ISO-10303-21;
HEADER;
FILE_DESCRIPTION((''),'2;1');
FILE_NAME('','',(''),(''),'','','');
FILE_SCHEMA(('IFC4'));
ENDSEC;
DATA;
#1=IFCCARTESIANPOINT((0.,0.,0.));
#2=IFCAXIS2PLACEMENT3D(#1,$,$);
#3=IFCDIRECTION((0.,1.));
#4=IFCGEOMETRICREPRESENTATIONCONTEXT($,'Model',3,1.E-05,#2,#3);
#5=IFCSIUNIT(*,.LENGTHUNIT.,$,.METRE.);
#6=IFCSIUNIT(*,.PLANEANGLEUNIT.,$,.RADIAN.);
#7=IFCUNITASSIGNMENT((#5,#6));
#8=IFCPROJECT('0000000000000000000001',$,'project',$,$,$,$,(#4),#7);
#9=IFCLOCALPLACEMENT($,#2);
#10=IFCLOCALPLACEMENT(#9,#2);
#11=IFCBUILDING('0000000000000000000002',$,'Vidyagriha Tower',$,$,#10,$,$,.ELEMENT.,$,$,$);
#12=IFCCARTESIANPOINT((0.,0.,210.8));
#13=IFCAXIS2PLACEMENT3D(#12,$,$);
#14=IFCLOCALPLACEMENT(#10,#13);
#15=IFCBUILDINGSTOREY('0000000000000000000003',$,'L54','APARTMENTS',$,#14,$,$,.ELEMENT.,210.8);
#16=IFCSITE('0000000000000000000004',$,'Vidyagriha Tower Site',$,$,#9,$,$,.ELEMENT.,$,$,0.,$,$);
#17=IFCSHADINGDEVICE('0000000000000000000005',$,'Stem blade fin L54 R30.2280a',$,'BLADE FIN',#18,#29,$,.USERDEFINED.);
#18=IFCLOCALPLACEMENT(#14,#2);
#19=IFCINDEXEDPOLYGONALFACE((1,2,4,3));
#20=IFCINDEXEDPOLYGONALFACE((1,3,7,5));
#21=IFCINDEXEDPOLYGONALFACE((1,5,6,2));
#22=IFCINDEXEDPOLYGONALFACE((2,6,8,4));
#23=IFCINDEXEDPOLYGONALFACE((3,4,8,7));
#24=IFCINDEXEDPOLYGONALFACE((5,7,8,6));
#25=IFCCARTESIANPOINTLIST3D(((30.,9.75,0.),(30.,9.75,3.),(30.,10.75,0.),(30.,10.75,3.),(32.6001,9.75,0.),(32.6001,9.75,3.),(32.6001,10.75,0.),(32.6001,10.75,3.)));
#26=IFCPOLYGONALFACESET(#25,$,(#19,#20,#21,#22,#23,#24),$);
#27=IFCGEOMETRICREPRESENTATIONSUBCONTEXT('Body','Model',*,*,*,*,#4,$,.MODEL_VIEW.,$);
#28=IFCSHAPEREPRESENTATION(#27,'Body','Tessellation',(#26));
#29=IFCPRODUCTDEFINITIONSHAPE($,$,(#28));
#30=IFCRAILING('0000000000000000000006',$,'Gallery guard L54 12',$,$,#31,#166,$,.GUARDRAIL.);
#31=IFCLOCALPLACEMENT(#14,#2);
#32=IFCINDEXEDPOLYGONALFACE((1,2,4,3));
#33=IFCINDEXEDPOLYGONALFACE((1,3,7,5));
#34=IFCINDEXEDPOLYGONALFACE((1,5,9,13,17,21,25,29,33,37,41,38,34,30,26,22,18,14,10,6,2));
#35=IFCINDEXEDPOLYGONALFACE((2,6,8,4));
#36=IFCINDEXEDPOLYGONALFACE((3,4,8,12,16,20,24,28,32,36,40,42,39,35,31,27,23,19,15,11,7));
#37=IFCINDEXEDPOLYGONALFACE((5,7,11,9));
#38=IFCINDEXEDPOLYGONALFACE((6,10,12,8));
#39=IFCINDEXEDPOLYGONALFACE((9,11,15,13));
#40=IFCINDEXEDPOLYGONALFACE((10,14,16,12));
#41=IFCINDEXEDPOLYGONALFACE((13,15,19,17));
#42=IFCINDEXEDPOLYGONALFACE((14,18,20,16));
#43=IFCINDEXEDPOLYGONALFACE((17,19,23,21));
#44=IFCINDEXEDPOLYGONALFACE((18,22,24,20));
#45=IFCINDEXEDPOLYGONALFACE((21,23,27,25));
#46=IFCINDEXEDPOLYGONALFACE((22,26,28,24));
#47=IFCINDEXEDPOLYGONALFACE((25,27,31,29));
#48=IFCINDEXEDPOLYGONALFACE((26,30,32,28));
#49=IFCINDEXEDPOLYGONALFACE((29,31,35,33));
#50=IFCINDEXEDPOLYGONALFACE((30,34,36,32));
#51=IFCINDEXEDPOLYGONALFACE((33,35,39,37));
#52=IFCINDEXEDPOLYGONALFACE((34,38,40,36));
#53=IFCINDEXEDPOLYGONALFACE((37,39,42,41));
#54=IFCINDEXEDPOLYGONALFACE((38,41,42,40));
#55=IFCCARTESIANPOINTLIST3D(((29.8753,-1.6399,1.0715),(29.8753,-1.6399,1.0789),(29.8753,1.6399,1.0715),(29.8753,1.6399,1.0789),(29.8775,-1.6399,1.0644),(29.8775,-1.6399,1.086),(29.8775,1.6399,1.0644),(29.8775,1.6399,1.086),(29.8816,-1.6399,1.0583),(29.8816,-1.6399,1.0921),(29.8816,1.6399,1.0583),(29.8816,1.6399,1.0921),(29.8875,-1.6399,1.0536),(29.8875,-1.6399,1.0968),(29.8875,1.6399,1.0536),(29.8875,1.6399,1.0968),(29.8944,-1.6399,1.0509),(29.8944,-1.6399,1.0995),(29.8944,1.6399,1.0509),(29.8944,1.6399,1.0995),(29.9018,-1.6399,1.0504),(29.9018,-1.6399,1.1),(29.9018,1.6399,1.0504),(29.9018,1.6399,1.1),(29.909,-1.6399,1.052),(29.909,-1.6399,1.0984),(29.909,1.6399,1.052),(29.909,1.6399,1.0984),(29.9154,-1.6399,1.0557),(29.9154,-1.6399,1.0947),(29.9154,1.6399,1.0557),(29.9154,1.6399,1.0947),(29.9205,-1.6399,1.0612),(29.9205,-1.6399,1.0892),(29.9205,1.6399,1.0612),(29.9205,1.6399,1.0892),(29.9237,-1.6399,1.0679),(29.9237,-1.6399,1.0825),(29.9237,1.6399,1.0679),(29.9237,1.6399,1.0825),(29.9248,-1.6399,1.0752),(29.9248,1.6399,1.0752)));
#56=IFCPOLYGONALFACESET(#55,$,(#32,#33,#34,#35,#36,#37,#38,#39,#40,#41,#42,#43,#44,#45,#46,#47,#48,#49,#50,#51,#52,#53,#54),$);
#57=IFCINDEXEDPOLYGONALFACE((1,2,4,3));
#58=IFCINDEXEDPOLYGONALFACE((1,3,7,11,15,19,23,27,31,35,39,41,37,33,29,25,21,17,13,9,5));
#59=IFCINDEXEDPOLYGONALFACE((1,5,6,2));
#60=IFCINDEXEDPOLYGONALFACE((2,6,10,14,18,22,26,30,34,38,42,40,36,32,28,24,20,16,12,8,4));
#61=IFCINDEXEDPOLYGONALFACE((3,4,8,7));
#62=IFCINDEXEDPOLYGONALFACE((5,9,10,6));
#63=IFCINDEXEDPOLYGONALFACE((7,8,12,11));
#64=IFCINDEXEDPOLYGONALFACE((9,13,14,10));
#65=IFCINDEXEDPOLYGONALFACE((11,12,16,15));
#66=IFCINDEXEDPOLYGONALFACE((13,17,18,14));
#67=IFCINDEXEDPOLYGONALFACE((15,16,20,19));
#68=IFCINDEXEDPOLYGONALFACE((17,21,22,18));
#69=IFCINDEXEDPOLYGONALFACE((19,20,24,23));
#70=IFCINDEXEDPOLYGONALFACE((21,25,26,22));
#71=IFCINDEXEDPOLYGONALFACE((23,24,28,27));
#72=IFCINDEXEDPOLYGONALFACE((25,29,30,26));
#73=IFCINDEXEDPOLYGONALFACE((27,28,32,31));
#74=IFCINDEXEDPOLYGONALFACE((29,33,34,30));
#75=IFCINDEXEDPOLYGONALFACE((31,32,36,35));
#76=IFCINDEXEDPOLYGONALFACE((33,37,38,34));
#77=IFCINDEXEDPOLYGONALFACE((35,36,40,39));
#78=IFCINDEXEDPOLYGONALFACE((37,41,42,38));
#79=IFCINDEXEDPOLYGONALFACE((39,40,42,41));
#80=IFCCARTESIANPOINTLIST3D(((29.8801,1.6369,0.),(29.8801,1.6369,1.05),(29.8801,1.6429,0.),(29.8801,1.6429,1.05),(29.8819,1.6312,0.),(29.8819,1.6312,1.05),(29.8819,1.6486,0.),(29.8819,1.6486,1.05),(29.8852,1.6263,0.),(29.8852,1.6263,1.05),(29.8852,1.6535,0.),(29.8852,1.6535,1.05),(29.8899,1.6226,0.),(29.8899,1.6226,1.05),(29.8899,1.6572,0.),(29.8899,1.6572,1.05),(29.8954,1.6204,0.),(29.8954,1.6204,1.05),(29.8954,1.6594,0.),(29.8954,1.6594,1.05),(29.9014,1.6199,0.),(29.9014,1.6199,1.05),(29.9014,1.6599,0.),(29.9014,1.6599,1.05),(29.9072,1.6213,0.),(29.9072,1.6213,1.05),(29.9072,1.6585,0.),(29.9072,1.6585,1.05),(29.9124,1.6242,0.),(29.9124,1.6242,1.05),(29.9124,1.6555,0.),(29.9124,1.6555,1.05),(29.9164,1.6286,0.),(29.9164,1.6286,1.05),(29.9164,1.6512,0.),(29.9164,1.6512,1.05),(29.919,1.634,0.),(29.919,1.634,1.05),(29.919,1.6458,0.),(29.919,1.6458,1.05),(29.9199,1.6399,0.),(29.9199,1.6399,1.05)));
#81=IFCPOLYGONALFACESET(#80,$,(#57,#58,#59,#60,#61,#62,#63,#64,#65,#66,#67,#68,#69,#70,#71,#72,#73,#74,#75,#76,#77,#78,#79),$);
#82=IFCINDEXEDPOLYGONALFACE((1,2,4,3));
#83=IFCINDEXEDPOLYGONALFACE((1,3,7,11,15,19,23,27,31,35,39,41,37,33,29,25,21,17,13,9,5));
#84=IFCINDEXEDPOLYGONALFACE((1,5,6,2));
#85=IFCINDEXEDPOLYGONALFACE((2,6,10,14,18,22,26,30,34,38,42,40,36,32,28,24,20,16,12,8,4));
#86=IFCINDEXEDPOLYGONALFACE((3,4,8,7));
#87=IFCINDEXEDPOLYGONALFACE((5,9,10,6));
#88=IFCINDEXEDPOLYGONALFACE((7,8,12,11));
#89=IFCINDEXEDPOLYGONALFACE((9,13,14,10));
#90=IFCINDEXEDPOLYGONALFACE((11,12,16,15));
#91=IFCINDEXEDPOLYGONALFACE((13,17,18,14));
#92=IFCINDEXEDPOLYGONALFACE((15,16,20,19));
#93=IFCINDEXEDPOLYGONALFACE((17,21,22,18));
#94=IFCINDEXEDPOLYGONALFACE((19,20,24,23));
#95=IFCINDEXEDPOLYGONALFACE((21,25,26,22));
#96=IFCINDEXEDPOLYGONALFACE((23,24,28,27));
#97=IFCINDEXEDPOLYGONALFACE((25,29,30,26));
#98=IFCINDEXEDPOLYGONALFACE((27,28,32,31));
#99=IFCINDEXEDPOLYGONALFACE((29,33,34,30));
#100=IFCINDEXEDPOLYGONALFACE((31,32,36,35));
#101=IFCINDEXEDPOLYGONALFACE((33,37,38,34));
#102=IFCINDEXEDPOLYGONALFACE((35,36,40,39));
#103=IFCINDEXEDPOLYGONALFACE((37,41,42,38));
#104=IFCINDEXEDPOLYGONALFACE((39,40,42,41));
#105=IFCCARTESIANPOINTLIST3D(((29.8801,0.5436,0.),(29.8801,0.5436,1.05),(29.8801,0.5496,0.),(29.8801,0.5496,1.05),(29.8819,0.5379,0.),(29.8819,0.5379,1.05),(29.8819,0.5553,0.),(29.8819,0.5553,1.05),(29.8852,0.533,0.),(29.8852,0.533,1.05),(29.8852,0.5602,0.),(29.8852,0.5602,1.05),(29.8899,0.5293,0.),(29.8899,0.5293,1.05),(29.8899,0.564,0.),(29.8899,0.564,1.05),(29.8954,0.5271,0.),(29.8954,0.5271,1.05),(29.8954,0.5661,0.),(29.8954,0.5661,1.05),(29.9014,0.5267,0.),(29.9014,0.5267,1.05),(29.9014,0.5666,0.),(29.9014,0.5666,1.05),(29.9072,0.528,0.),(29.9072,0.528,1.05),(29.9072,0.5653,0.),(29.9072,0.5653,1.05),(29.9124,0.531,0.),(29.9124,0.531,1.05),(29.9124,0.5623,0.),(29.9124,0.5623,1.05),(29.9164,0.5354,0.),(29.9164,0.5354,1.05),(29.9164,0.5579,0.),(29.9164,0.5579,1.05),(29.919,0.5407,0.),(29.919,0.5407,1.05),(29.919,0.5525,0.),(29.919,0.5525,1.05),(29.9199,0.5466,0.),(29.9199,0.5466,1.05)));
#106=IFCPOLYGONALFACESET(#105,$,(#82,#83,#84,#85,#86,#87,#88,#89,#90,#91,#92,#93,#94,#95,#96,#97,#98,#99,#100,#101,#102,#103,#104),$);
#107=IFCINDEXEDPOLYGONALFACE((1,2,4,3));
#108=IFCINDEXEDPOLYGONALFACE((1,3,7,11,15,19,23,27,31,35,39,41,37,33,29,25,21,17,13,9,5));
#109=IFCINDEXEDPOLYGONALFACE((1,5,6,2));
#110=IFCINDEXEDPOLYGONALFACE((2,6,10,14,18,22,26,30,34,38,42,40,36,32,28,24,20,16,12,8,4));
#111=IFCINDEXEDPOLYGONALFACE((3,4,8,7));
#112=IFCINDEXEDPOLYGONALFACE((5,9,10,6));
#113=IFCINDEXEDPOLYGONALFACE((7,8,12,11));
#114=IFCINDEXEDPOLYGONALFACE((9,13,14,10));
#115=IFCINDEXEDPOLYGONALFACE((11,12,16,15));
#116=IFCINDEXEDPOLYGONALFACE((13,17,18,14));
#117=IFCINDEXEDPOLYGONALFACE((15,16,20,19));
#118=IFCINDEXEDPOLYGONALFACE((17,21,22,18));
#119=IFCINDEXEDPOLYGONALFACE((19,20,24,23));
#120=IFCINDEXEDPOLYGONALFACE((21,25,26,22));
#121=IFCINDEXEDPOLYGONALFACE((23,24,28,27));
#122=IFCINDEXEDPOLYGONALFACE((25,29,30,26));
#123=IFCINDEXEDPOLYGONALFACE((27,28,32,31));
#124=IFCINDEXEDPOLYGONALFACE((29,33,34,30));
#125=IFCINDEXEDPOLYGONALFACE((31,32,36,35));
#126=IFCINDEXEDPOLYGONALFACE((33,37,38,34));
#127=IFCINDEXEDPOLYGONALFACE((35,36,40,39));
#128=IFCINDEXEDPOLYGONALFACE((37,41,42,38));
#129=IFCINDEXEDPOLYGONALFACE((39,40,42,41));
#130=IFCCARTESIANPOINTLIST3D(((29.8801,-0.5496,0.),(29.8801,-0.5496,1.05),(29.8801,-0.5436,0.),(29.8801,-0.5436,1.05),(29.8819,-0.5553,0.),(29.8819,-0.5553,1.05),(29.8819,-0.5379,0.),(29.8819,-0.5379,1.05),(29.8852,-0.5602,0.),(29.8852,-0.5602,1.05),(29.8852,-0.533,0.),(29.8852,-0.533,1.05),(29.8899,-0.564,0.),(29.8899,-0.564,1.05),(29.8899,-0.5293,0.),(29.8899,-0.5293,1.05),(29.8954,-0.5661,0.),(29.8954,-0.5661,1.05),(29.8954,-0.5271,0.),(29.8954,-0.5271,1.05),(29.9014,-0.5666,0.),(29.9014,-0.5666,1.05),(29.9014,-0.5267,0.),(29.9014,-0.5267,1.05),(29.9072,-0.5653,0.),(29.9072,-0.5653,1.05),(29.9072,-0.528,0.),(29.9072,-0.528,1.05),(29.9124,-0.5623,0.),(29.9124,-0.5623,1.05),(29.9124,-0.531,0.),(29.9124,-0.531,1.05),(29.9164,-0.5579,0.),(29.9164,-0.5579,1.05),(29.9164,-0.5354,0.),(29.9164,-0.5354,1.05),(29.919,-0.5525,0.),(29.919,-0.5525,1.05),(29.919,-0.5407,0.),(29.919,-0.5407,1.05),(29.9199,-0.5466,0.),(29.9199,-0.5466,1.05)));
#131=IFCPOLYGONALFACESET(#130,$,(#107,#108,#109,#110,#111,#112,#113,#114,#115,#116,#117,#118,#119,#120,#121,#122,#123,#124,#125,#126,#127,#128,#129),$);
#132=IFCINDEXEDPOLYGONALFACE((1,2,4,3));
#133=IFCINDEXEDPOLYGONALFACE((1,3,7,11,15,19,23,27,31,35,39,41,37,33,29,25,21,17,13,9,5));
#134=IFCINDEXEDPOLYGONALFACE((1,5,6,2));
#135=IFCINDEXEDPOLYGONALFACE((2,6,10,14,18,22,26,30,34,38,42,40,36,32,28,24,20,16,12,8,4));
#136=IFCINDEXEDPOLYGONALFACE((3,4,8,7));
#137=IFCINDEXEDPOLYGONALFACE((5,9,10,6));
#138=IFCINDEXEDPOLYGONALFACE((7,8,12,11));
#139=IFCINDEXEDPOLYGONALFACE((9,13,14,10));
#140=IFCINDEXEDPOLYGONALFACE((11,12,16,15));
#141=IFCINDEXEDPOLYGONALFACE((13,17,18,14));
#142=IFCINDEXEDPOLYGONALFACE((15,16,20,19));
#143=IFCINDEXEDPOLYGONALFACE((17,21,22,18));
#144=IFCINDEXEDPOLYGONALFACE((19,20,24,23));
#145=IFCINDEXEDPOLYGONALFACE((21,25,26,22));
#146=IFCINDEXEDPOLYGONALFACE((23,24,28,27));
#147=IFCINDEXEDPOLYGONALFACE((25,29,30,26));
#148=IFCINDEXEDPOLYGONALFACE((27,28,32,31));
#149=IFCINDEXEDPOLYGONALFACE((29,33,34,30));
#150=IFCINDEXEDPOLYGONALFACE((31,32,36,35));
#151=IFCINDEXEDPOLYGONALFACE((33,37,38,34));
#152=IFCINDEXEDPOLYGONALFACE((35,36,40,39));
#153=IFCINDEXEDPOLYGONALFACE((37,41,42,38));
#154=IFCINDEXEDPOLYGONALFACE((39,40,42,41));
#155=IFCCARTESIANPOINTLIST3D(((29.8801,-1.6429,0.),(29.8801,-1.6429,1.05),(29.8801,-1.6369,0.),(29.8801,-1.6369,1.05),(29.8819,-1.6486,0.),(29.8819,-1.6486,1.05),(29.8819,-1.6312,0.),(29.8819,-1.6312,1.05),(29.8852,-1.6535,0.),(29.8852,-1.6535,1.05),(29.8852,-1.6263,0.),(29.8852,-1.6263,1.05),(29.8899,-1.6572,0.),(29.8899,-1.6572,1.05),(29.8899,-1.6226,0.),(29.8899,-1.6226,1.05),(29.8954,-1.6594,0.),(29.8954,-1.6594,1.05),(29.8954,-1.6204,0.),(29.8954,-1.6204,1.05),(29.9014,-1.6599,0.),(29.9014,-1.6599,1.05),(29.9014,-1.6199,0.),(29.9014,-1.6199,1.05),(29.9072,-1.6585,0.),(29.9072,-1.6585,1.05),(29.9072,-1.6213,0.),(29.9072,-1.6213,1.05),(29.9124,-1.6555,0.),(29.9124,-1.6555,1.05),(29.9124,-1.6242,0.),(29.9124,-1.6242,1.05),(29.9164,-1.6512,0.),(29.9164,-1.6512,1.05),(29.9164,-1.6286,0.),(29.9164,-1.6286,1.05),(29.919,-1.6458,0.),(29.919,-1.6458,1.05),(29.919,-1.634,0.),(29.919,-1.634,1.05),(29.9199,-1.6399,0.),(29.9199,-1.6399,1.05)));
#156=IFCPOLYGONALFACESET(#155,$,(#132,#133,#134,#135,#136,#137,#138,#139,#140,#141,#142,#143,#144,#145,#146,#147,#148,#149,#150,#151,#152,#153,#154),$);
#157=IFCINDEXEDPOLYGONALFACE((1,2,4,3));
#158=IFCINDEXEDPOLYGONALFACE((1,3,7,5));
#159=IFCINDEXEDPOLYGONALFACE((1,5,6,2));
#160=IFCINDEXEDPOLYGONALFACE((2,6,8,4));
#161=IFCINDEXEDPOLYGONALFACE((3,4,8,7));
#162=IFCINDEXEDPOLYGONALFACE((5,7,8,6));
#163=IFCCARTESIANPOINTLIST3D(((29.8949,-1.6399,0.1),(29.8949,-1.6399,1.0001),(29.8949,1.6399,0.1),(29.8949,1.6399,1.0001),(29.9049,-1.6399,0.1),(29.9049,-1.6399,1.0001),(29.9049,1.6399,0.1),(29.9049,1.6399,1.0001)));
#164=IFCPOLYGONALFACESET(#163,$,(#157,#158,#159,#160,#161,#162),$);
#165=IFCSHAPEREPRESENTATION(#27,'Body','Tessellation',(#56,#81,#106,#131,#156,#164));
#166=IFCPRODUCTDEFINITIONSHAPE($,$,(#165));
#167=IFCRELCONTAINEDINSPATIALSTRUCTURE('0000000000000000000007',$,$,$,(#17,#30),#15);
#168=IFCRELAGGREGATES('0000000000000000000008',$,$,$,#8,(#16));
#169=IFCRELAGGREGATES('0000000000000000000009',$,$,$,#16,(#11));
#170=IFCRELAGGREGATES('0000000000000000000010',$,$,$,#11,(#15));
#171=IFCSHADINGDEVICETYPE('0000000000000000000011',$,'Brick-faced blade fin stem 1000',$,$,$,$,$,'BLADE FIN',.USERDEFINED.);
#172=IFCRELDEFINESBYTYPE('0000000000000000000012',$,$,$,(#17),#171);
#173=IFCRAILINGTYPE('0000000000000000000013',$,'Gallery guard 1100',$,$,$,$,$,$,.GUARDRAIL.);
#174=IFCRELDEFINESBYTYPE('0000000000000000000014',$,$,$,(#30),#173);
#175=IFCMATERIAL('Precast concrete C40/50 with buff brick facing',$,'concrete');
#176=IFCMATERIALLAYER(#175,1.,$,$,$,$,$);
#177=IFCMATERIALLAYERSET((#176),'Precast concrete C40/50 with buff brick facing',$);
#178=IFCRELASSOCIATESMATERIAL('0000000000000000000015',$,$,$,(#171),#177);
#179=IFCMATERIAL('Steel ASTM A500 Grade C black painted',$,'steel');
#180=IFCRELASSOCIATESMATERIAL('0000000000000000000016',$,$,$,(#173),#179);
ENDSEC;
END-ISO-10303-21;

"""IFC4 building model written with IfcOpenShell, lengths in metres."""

from ifc_helpers import new_model, si_unit, direction, frame, origin, origin_2d, place, context, subcontext, project, spatial, polyline, rectangle, circle, outline, extrude, material, layer, layer_set, type_object, element, save


model = new_model("IFC4")

# Units and contexts
model_context = context("Model", 3, precision=1e-05, world=origin(), true_north=direction((0.0, 1.0)))
body_context = subcontext(model_context, "Body", "Model", "MODEL_VIEW")
ifc_project = project(units=[si_unit("LENGTHUNIT", "METRE"), si_unit("PLANEANGLEUNIT", "RADIAN")], contexts=[model_context])

# Site, building, storey
site_placement = place(None, origin())
site = spatial("IfcSite", under=ifc_project, at=site_placement, Name="Vidyagriha Tower Site", CompositionType="ELEMENT", RefElevation=0.0)
building_placement = place(site_placement, origin())
building = spatial("IfcBuilding", under=site, at=building_placement, Name="Vidyagriha Tower", CompositionType="ELEMENT")
storey_placement = place(building_placement, frame((0.0, 0.0, 210.8)))
storey = spatial("IfcBuildingStorey", under=building, at=storey_placement, Name="L54", Description="APARTMENTS", CompositionType="ELEMENT", Elevation=210.8)

# Shading device
ifc_material_1 = material(Name="Precast concrete C40/50 with buff brick facing", Category="concrete")
ifc_layer_1 = layer(ifc_material_1, 1.0)
ifc_layer_set_1 = layer_set([ifc_layer_1], Name="Precast concrete C40/50 with buff brick facing")
shading_device_type_1 = type_object("IfcShadingDeviceType", Name="Brick-faced blade fin stem 1000", ElementType="BLADE FIN", PredefinedType="USERDEFINED", material=ifc_layer_set_1)
shading_device_1_placement = place(storey_placement, frame((31.3, 9.75, 0.0), z_axis=(0.0, 0.0, 1.0), x_axis=(0.0, 1.0, 0.0)))
element("IfcShadingDevice", 1, at=shading_device_1_placement, inside=storey, type_object=shading_device_type_1, Name="Stem blade fin L54 R30.2280a", ObjectType="BLADE FIN", PredefinedType="USERDEFINED", context=body_context, shape_type="SweptSolid", body=[
    extrude(outline(polyline([(0.0, 0.0), (1.0, 0.0), (1.0, 3.0), (0.0, 3.0), (0.0, 0.0)])), frame((0.0, 1.3, 0.0), z_axis=(0.0, -1.0, 0.0), x_axis=(1.0, 0.0, 0.0)), (0.0, 0.0, 1.0), 2.6001),
])

# Railing
ifc_material_2 = material(Name="Steel ASTM A500 Grade C black painted", Category="steel")
railing_type_1 = type_object("IfcRailingType", Name="Gallery guard 1100", PredefinedType="GUARDRAIL", material=ifc_material_2)
railing_1_placement = place(storey_placement, frame((29.8999, 1.6399, 0.0)))
element("IfcRailing", 2, at=railing_1_placement, inside=storey, type_object=railing_type_1, Name="Gallery guard L54 12", PredefinedType="GUARDRAIL", context=body_context, shape_type="SweptSolid", body=[
    extrude(circle(Radius=0.0249, at=origin_2d()), frame((0.0, 0.0, 1.0752), z_axis=(0.0, -1.0, 0.0), x_axis=(1.0, 0.0, 0.0)), (0.0, 0.0, 1.0), 3.2798),
    extrude(circle(Radius=0.02, at=origin_2d()), origin(), (0.0, 0.0, 1.0), 1.05),
    extrude(circle(Radius=0.02, at=origin_2d()), frame((0.0, -1.0933, 0.0)), (0.0, 0.0, 1.0), 1.05),
    extrude(circle(Radius=0.02, at=origin_2d()), frame((0.0, -2.1865, 0.0)), (0.0, 0.0, 1.0), 1.05),
    extrude(circle(Radius=0.02, at=origin_2d()), frame((0.0, -3.2798, 0.0)), (0.0, 0.0, 1.0), 1.05),
    extrude(rectangle(XDim=0.01, YDim=0.9001, at=origin_2d()), frame((0.0, 0.0, 0.55), z_axis=(0.0, -1.0, 0.0), x_axis=(1.0, 0.0, 0.0)), (0.0, 0.0, 1.0), 3.2798),
])

save(model, "model.ifc")
